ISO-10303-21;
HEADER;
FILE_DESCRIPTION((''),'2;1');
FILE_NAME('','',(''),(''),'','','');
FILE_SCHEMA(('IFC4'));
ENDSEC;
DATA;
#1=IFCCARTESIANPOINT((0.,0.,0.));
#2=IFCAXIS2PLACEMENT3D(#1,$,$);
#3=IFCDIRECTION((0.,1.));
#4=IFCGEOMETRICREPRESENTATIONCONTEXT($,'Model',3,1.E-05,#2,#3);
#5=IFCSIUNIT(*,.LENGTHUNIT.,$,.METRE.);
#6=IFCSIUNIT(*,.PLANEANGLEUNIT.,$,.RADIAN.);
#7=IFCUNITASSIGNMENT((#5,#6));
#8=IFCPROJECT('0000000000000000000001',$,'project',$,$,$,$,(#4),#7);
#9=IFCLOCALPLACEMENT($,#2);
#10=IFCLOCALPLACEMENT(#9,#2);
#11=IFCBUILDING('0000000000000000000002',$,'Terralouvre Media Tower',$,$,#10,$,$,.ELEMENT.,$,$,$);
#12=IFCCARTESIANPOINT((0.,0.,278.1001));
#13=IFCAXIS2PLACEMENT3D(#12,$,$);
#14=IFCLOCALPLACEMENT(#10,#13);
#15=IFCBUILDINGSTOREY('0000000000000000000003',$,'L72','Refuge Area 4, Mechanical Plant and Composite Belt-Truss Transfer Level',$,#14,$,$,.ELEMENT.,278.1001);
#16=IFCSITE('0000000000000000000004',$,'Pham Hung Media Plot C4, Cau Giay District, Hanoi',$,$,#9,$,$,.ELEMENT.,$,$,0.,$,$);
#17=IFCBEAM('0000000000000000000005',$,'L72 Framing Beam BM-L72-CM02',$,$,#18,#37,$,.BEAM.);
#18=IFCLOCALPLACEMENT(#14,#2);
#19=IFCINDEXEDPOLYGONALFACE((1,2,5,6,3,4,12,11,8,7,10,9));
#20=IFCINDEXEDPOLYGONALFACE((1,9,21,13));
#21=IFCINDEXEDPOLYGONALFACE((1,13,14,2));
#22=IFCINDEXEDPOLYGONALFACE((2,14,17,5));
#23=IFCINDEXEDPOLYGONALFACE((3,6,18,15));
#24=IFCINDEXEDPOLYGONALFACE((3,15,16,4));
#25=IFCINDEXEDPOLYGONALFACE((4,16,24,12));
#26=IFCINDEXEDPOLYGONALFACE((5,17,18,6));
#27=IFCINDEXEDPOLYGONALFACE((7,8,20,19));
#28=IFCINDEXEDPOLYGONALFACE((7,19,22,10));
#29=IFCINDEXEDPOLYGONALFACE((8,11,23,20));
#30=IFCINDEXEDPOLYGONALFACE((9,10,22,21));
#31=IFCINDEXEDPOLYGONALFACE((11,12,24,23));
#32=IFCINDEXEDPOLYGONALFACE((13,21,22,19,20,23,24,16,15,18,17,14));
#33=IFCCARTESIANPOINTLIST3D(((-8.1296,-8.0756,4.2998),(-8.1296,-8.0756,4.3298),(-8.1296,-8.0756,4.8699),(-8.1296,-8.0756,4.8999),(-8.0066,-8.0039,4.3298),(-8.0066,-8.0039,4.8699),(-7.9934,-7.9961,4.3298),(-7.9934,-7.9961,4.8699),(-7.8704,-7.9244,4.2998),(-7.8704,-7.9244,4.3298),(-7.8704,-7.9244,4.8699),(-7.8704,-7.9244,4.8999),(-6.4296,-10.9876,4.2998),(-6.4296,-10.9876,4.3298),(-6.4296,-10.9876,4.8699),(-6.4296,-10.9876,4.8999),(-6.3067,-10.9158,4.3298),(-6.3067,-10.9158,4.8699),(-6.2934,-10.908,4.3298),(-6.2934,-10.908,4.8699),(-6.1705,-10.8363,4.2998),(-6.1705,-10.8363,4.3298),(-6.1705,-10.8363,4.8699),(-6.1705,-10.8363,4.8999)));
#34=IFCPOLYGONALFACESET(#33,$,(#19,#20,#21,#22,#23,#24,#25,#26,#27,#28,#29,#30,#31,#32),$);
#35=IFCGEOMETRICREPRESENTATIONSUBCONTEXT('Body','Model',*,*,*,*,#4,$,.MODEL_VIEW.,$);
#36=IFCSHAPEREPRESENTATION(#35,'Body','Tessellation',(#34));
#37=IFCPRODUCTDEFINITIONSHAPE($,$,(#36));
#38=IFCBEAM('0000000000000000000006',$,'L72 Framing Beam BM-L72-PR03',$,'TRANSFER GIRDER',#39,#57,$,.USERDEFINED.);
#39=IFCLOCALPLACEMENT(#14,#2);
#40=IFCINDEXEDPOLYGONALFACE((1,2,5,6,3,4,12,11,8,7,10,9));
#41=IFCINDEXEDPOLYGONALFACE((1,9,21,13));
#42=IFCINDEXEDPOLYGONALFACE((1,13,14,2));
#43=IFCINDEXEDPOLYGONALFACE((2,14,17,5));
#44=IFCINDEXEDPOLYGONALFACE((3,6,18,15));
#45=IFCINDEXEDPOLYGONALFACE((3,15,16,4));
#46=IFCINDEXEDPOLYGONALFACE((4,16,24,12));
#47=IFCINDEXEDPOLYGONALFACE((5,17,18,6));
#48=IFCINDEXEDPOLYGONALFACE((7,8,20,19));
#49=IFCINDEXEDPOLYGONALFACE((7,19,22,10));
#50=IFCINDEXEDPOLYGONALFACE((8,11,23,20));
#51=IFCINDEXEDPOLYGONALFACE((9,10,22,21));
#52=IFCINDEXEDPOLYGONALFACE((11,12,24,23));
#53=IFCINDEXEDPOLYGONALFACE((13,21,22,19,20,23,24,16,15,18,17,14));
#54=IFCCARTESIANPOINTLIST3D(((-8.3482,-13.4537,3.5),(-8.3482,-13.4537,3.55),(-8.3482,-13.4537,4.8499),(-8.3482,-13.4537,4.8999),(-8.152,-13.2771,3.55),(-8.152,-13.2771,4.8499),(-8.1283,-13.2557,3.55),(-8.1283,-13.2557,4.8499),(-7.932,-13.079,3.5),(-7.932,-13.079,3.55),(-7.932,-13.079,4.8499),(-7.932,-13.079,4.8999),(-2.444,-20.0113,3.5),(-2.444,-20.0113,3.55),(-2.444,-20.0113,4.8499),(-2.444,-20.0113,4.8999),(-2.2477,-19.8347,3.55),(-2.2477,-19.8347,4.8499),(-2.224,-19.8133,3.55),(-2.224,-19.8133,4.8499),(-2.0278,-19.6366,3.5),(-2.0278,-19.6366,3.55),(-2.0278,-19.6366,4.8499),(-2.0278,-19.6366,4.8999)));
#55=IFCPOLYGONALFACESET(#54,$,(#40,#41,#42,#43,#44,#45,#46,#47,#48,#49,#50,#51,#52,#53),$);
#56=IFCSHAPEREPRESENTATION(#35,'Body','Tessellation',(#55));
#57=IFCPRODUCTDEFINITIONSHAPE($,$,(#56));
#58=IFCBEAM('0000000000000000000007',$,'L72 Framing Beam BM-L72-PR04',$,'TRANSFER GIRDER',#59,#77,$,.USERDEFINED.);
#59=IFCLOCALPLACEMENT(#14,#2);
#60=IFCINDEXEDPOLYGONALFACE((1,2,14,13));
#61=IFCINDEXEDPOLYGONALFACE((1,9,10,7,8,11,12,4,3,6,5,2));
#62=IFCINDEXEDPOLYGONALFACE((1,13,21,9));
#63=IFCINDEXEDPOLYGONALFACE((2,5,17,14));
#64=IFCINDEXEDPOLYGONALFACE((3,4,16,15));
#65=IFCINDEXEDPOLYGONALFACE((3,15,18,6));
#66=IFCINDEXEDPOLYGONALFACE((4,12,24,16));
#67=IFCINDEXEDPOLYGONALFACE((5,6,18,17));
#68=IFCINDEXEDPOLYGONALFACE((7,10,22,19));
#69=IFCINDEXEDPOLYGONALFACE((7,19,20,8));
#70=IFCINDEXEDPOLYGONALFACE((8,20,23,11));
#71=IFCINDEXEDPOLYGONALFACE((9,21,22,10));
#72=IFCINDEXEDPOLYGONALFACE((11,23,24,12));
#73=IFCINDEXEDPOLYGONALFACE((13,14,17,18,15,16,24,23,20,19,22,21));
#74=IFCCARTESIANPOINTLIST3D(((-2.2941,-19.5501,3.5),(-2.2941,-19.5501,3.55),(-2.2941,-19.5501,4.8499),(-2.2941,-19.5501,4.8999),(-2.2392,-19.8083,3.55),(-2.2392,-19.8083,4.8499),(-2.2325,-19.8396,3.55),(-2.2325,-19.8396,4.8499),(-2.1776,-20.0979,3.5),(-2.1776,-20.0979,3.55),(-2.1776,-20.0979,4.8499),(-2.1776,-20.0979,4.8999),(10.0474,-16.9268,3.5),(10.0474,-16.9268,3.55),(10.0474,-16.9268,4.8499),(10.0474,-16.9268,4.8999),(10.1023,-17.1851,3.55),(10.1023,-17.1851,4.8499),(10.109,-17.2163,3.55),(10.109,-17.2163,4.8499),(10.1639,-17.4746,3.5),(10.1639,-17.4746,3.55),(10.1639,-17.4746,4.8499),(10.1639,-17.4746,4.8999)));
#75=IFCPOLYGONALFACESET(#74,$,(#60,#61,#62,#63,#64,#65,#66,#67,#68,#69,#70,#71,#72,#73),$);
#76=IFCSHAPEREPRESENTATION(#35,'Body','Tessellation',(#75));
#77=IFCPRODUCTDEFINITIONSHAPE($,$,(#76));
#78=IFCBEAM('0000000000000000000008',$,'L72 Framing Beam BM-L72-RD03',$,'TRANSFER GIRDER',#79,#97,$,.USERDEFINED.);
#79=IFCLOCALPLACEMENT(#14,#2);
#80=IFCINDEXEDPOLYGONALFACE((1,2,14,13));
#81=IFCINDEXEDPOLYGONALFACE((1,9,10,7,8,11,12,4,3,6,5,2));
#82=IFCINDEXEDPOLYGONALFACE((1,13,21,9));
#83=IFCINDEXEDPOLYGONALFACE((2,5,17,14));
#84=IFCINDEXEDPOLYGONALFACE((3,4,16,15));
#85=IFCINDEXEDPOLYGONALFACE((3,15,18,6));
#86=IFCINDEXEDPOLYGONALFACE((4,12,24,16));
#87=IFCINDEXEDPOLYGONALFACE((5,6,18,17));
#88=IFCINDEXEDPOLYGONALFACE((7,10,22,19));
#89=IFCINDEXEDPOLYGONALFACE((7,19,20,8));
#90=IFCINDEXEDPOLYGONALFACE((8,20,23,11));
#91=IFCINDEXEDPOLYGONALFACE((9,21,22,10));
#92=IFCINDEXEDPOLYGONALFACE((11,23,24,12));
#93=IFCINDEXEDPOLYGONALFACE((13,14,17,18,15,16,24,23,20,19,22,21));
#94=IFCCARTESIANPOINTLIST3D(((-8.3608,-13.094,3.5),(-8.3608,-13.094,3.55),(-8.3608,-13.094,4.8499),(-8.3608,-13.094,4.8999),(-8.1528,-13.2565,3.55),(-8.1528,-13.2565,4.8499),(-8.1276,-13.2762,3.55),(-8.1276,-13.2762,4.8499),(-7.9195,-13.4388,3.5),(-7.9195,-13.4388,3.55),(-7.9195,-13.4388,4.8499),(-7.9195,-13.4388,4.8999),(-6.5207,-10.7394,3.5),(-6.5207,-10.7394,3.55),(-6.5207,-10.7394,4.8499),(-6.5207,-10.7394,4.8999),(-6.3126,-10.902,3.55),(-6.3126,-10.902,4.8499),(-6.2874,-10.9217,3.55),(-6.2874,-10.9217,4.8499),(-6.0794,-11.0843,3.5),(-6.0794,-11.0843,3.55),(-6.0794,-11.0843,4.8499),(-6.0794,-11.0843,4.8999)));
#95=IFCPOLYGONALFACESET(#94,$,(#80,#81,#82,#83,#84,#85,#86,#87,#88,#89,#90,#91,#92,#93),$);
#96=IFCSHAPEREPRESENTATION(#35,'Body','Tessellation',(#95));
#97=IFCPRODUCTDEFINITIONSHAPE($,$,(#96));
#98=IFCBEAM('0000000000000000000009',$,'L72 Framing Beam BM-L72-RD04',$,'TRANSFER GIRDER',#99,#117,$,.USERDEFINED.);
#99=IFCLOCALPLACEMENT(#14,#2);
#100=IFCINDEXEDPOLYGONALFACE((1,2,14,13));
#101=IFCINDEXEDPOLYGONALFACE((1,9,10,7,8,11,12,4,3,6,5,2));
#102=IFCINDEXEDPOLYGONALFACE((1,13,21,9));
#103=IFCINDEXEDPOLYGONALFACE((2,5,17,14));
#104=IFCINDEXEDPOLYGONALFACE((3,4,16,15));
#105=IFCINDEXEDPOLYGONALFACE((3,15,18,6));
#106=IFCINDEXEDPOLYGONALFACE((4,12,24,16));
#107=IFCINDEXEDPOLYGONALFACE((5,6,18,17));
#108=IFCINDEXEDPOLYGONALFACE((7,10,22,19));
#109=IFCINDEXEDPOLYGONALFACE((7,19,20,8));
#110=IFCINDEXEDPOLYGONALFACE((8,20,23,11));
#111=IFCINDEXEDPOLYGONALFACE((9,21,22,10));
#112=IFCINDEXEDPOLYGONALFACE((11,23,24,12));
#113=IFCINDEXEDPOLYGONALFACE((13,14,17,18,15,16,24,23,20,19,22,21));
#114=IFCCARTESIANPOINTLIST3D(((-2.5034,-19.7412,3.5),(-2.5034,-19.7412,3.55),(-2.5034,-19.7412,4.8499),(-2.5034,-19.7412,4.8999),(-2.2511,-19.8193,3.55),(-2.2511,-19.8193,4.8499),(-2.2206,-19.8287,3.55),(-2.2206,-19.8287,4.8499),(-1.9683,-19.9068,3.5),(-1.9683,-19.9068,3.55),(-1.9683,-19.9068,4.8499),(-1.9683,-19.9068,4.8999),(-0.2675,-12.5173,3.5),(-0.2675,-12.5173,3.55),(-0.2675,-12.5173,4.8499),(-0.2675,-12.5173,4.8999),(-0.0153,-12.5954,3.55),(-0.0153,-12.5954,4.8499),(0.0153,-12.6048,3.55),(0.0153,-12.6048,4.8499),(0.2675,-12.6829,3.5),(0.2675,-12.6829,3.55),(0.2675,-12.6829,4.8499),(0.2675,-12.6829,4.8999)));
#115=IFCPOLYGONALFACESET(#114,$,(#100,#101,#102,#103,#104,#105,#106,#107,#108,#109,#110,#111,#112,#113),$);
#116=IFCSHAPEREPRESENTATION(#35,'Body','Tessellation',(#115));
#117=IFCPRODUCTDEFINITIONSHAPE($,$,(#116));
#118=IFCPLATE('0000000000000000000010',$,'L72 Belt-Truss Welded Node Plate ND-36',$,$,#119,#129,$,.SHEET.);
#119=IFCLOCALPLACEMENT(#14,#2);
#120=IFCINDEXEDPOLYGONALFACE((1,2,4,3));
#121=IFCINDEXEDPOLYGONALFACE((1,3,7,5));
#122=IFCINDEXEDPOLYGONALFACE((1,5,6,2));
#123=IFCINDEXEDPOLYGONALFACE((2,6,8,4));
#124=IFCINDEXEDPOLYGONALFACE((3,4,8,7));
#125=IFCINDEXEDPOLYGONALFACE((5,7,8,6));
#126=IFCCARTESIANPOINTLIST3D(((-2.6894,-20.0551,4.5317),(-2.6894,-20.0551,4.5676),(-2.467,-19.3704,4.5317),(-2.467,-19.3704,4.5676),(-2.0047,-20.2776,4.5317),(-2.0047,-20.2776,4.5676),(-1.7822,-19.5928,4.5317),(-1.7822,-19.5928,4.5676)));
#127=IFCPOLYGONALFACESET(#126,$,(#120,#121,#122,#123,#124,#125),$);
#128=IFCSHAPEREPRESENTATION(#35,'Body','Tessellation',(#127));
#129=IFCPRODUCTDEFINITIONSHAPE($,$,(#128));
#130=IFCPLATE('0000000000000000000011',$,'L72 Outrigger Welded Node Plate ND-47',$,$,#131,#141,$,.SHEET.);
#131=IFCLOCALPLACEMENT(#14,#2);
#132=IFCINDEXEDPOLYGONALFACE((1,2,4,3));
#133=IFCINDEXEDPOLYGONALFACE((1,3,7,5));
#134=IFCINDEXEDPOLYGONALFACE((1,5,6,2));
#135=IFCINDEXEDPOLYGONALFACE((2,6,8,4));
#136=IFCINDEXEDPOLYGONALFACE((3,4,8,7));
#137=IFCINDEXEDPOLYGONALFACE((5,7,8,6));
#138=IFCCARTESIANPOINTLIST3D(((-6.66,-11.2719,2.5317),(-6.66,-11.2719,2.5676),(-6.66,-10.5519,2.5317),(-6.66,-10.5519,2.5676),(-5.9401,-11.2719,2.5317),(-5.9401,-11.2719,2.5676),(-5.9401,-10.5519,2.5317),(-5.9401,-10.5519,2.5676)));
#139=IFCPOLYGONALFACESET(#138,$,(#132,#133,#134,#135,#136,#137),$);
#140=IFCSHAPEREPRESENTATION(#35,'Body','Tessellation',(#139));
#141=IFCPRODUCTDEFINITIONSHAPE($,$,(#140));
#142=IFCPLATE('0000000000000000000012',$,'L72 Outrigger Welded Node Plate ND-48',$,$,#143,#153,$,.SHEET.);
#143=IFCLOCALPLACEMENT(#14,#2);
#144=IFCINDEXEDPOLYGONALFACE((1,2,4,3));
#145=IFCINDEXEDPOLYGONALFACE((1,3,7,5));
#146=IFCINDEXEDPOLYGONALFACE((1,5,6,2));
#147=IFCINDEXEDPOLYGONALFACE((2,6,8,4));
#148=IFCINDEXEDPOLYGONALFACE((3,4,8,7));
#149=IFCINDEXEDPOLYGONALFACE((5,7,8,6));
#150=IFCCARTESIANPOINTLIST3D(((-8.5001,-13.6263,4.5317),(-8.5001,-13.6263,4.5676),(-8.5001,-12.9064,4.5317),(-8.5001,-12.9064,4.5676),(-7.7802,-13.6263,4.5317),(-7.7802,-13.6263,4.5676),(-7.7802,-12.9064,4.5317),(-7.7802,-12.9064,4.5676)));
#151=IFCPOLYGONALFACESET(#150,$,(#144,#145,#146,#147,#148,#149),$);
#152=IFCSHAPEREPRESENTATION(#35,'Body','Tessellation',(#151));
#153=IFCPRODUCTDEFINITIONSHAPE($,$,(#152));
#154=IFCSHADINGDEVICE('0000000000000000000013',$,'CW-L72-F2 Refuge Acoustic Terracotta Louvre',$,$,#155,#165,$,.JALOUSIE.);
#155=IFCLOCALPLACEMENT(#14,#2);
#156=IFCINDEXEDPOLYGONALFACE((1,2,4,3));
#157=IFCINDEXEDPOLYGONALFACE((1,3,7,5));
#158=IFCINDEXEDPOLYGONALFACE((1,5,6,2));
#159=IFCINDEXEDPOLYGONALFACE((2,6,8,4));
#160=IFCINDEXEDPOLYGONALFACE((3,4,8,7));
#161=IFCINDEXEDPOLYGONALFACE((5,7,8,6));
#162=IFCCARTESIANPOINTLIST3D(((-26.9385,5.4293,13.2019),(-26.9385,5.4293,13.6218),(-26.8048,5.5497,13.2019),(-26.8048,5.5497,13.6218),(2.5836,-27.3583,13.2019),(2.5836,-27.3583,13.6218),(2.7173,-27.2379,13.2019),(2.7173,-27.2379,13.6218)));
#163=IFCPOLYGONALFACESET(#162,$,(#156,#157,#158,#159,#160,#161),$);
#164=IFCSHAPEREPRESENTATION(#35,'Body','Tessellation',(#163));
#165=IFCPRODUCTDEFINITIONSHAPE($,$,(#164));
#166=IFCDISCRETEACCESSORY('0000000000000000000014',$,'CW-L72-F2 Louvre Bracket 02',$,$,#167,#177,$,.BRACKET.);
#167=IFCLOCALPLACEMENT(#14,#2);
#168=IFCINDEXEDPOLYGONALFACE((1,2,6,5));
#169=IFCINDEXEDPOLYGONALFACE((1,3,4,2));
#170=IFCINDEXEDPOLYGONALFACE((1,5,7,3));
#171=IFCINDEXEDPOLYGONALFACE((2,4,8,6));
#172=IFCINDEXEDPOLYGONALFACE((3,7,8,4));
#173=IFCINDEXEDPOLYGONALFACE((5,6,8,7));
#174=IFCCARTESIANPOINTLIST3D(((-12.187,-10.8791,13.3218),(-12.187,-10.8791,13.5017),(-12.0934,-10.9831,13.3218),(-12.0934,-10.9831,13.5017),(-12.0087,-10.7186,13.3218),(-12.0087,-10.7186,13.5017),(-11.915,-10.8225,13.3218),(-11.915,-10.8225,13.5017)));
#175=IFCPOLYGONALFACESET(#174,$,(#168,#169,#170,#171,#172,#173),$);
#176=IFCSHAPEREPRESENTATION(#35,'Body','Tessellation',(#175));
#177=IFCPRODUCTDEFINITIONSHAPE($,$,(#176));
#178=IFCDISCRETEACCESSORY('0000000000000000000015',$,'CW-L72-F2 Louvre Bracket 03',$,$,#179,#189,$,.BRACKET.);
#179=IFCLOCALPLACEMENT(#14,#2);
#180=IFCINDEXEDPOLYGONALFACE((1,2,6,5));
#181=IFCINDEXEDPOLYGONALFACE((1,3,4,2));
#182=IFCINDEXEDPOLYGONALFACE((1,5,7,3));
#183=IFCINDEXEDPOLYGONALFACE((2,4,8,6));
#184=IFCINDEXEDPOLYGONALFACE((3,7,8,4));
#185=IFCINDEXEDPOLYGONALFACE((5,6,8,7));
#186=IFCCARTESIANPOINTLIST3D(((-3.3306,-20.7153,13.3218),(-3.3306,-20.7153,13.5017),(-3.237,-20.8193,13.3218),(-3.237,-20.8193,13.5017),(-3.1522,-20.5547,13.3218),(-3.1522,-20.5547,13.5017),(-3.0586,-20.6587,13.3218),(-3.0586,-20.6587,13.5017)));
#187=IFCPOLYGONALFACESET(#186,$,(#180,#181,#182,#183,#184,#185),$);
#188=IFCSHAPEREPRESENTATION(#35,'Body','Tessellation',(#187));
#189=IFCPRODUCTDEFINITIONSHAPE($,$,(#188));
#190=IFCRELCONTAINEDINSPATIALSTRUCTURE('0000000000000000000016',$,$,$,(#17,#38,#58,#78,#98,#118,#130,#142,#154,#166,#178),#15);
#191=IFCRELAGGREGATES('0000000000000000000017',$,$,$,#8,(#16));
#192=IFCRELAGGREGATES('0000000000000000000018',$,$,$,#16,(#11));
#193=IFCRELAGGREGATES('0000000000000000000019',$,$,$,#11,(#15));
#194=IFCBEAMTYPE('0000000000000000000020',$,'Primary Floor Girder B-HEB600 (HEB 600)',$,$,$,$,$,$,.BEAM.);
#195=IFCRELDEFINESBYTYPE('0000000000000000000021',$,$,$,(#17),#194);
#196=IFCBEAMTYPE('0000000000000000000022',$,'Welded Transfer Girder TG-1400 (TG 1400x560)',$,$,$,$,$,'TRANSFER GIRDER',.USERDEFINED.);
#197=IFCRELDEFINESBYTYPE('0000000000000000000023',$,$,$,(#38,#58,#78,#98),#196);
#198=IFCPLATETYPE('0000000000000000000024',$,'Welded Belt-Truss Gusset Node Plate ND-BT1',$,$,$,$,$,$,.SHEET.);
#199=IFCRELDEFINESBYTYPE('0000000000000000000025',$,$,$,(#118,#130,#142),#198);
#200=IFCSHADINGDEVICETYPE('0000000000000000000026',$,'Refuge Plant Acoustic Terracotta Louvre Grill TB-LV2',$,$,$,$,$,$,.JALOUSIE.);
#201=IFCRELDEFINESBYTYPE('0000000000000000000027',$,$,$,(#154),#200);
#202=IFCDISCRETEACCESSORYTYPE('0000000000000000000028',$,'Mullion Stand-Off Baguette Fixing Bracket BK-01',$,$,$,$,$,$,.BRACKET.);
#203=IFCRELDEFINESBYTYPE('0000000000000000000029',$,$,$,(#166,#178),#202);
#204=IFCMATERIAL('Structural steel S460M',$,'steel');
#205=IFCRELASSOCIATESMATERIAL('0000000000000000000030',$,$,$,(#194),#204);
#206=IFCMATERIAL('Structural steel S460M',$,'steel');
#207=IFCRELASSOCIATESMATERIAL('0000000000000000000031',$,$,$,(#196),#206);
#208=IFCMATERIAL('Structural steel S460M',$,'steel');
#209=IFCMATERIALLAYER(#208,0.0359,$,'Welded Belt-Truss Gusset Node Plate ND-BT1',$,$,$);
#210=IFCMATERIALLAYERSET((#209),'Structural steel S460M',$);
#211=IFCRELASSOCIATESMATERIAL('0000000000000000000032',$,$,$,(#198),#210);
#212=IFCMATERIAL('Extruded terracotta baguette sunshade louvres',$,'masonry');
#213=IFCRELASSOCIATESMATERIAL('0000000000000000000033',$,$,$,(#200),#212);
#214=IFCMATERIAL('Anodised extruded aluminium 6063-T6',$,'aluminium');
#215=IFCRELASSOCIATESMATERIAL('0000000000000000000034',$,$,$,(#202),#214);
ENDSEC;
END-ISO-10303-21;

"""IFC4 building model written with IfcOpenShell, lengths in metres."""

from ifc_helpers import new_model, si_unit, direction, frame, origin, origin_2d, place, context, subcontext, project, spatial, rectangle, i_section, extrude, material, layer, layer_set, material_profile, profile_set, type_object, element, save


model = new_model("IFC4")

# Units and contexts
model_context = context("Model", 3, precision=1e-05, world=origin(), true_north=direction((0.0, 1.0)))
body_context = subcontext(model_context, "Body", "Model", "MODEL_VIEW")
ifc_project = project(units=[si_unit("LENGTHUNIT", "METRE"), si_unit("PLANEANGLEUNIT", "RADIAN")], contexts=[model_context])

# Site, building, storey
site_placement = place(None, origin())
site = spatial("IfcSite", under=ifc_project, at=site_placement, Name="Pham Hung Media Plot C4, Cau Giay District, Hanoi", CompositionType="ELEMENT", RefElevation=0.0)
building_placement = place(site_placement, origin())
building = spatial("IfcBuilding", under=site, at=building_placement, Name="Terralouvre Media Tower", CompositionType="ELEMENT")
storey_placement = place(building_placement, frame((0.0, 0.0, 278.1001)))
storey = spatial("IfcBuildingStorey", under=building, at=storey_placement, Name="L72", Description="Refuge Area 4, Mechanical Plant and Composite Belt-Truss Transfer Level", CompositionType="ELEMENT", Elevation=278.1001)

# Beams
ifc_material_1 = material(Name="Structural steel S460M", Category="steel")
ifc_material_profile_1 = material_profile(ifc_material_1, i_section(OverallWidth=0.3, OverallDepth=0.6001, WebThickness=0.0154, FlangeThickness=0.03, at=origin_2d()), Name="HEB 600")
ifc_profile_set_1 = profile_set([ifc_material_profile_1], Name="Structural steel S460M")
beam_type_1 = type_object("IfcBeamType", Name="Primary Floor Girder B-HEB600 (HEB 600)", PredefinedType="BEAM", material=ifc_profile_set_1)
for number, where, z_axis, x_axis, name in (
    (1, (-8.0, -8.0, 4.5999), (0.504173, -0.863603, 0.0), (0.863603, 0.504173, 0.0), "L72 Framing Beam BM-L72-CM02"),
):
    element("IfcBeam", number, at=place(storey_placement, frame(where, z_axis=z_axis, x_axis=x_axis)), inside=storey, type_object=beam_type_1, Name=name, PredefinedType="BEAM", context=body_context, shape_type="SweptSolid", body=[
        extrude(i_section(OverallWidth=0.3, OverallDepth=0.6001, WebThickness=0.0154, FlangeThickness=0.03, at=origin_2d()), origin(), (0.0, 0.0, 1.0), 3.3718),
    ])
ifc_material_2 = material(Name="Structural steel S460M", Category="steel")
ifc_material_profile_2 = material_profile(ifc_material_2, i_section(OverallWidth=0.5601, OverallDepth=1.3999, WebThickness=0.032, FlangeThickness=0.05, at=origin_2d()), Name="TG 1400x560")
ifc_profile_set_2 = profile_set([ifc_material_profile_2], Name="Structural steel S460M")
beam_type_2 = type_object("IfcBeamType", Name="Welded Transfer Girder TG-1400 (TG 1400x560)", ElementType="TRANSFER GIRDER", PredefinedType="USERDEFINED", material=ifc_profile_set_2)
beam_1_placement = place(storey_placement, frame((-8.1401, -13.2664, 4.2), z_axis=(0.669118, -0.743157, 0.0), x_axis=(0.743157, 0.669118, 0.0)))
element("IfcBeam", 2, at=beam_1_placement, inside=storey, type_object=beam_type_2, Name="L72 Framing Beam BM-L72-PR03", ObjectType="TRANSFER GIRDER", PredefinedType="USERDEFINED", context=body_context, shape_type="SweptSolid", body=[
    extrude(i_section(OverallWidth=0.5601, OverallDepth=1.3999, WebThickness=0.032, FlangeThickness=0.05, at=origin_2d()), origin(), (0.0, 0.0, 1.0), 8.824),
])
beam_2_placement = place(storey_placement, frame((-2.2358, -19.824, 4.2), z_axis=(0.978147, 0.207913, 0.0), x_axis=(-0.207913, 0.978147, 0.0)))
element("IfcBeam", 3, at=beam_2_placement, inside=storey, type_object=beam_type_2, Name="L72 Framing Beam BM-L72-PR04", ObjectType="TRANSFER GIRDER", PredefinedType="USERDEFINED", context=body_context, shape_type="SweptSolid", body=[
    extrude(i_section(OverallWidth=0.5601, OverallDepth=1.3999, WebThickness=0.032, FlangeThickness=0.05, at=origin_2d()), origin(), (0.0, 0.0, 1.0), 12.6172),
])
beam_3_placement = place(storey_placement, frame((-6.3, -10.9119, 4.2), z_axis=(-0.615777, -0.78792, 0.0), x_axis=(0.78792, -0.615777, 0.0)))
element("IfcBeam", 4, at=beam_3_placement, inside=storey, type_object=beam_type_2, Name="L72 Framing Beam BM-L72-RD03", ObjectType="TRANSFER GIRDER", PredefinedType="USERDEFINED", context=body_context, shape_type="SweptSolid", body=[
    extrude(i_section(OverallWidth=0.5601, OverallDepth=1.3999, WebThickness=0.032, FlangeThickness=0.05, at=origin_2d()), origin(), (0.0, 0.0, 1.0), 2.9883),
])
beam_4_placement = place(storey_placement, frame((0.0, -12.6001, 4.2), z_axis=(-0.295669, -0.95529, 0.0), x_axis=(0.95529, -0.295669, 0.0)))
element("IfcBeam", 5, at=beam_4_placement, inside=storey, type_object=beam_type_2, Name="L72 Framing Beam BM-L72-RD04", ObjectType="TRANSFER GIRDER", PredefinedType="USERDEFINED", context=body_context, shape_type="SweptSolid", body=[
    extrude(i_section(OverallWidth=0.5601, OverallDepth=1.3999, WebThickness=0.032, FlangeThickness=0.05, at=origin_2d()), origin(), (0.0, 0.0, 1.0), 7.562),
])

# Plates
ifc_material_3 = material(Name="Structural steel S460M", Category="steel")
ifc_layer = layer(ifc_material_3, 0.0359, Name="Welded Belt-Truss Gusset Node Plate ND-BT1")
ifc_layer_set = layer_set([ifc_layer], Name="Structural steel S460M")
plate_type = type_object("IfcPlateType", Name="Welded Belt-Truss Gusset Node Plate ND-BT1", PredefinedType="SHEET", material=ifc_layer_set)
for number, where, z_axis, x_axis, name in (
    (6, (-2.2358, -19.824, 4.5317), (0.0, 0.0, 1.0), (0.309017, 0.951057, 0.0), "L72 Belt-Truss Welded Node Plate ND-36"),
    (7, (-6.3, -10.9119, 2.5317), (0.0, 0.0, 1.0), (1.0, 0.0, 0.0), "L72 Outrigger Welded Node Plate ND-47"),
    (8, (-8.1401, -13.2664, 4.5317), (0.0, 0.0, 1.0), (1.0, 0.0, 0.0), "L72 Outrigger Welded Node Plate ND-48"),
):
    element("IfcPlate", number, at=place(storey_placement, frame(where, z_axis=z_axis, x_axis=x_axis)), inside=storey, type_object=plate_type, Name=name, PredefinedType="SHEET", context=body_context, shape_type="SweptSolid", body=[
        extrude(rectangle(XDim=0.72, YDim=0.72, at=origin_2d()), origin(), (0.0, 0.0, 1.0), 0.0359),
    ])

# Shading device
ifc_material_4 = material(Name="Extruded terracotta baguette sunshade louvres", Category="masonry")
shading_device_type = type_object("IfcShadingDeviceType", Name="Refuge Plant Acoustic Terracotta Louvre Grill TB-LV2", PredefinedType="JALOUSIE", material=ifc_material_4)
shading_device_placement = place(storey_placement, frame((-12.1106, -10.9043, 13.2019), z_axis=(0.0, 0.0, 1.0), x_axis=(0.669131, -0.743145, 0.0)))
element("IfcShadingDevice", 9, at=shading_device_placement, inside=storey, type_object=shading_device_type, Name="CW-L72-F2 Refuge Acoustic Terracotta Louvre", PredefinedType="JALOUSIE", context=body_context, shape_type="SweptSolid", body=[
    extrude(rectangle(XDim=44.1201, YDim=0.1799, at=origin_2d()), origin(), (0.0, 0.0, 1.0), 0.4199),
])

# Discrete accessories
ifc_material_5 = material(Name="Anodised extruded aluminium 6063-T6", Category="aluminium")
discrete_accessory_type = type_object("IfcDiscreteAccessoryType", Name="Mullion Stand-Off Baguette Fixing Bracket BK-01", PredefinedType="BRACKET", material=ifc_material_5)
for number, where, z_axis, x_axis, name in (
    (10, (-12.051, -10.8508, 13.3218), (0.0, 0.0, 1.0), (0.669131, -0.743145, 0.0), "CW-L72-F2 Louvre Bracket 02"),
    (11, (-3.1946, -20.687, 13.3218), (0.0, 0.0, 1.0), (0.669131, -0.743145, 0.0), "CW-L72-F2 Louvre Bracket 03"),
):
    element("IfcDiscreteAccessory", number, at=place(storey_placement, frame(where, z_axis=z_axis, x_axis=x_axis)), inside=storey, type_object=discrete_accessory_type, Name=name, PredefinedType="BRACKET", context=body_context, shape_type="SweptSolid", body=[
        extrude(rectangle(XDim=0.1399, YDim=0.24, at=origin_2d()), origin(), (0.0, 0.0, 1.0), 0.1799),
    ])

save(model, "model.ifc")
